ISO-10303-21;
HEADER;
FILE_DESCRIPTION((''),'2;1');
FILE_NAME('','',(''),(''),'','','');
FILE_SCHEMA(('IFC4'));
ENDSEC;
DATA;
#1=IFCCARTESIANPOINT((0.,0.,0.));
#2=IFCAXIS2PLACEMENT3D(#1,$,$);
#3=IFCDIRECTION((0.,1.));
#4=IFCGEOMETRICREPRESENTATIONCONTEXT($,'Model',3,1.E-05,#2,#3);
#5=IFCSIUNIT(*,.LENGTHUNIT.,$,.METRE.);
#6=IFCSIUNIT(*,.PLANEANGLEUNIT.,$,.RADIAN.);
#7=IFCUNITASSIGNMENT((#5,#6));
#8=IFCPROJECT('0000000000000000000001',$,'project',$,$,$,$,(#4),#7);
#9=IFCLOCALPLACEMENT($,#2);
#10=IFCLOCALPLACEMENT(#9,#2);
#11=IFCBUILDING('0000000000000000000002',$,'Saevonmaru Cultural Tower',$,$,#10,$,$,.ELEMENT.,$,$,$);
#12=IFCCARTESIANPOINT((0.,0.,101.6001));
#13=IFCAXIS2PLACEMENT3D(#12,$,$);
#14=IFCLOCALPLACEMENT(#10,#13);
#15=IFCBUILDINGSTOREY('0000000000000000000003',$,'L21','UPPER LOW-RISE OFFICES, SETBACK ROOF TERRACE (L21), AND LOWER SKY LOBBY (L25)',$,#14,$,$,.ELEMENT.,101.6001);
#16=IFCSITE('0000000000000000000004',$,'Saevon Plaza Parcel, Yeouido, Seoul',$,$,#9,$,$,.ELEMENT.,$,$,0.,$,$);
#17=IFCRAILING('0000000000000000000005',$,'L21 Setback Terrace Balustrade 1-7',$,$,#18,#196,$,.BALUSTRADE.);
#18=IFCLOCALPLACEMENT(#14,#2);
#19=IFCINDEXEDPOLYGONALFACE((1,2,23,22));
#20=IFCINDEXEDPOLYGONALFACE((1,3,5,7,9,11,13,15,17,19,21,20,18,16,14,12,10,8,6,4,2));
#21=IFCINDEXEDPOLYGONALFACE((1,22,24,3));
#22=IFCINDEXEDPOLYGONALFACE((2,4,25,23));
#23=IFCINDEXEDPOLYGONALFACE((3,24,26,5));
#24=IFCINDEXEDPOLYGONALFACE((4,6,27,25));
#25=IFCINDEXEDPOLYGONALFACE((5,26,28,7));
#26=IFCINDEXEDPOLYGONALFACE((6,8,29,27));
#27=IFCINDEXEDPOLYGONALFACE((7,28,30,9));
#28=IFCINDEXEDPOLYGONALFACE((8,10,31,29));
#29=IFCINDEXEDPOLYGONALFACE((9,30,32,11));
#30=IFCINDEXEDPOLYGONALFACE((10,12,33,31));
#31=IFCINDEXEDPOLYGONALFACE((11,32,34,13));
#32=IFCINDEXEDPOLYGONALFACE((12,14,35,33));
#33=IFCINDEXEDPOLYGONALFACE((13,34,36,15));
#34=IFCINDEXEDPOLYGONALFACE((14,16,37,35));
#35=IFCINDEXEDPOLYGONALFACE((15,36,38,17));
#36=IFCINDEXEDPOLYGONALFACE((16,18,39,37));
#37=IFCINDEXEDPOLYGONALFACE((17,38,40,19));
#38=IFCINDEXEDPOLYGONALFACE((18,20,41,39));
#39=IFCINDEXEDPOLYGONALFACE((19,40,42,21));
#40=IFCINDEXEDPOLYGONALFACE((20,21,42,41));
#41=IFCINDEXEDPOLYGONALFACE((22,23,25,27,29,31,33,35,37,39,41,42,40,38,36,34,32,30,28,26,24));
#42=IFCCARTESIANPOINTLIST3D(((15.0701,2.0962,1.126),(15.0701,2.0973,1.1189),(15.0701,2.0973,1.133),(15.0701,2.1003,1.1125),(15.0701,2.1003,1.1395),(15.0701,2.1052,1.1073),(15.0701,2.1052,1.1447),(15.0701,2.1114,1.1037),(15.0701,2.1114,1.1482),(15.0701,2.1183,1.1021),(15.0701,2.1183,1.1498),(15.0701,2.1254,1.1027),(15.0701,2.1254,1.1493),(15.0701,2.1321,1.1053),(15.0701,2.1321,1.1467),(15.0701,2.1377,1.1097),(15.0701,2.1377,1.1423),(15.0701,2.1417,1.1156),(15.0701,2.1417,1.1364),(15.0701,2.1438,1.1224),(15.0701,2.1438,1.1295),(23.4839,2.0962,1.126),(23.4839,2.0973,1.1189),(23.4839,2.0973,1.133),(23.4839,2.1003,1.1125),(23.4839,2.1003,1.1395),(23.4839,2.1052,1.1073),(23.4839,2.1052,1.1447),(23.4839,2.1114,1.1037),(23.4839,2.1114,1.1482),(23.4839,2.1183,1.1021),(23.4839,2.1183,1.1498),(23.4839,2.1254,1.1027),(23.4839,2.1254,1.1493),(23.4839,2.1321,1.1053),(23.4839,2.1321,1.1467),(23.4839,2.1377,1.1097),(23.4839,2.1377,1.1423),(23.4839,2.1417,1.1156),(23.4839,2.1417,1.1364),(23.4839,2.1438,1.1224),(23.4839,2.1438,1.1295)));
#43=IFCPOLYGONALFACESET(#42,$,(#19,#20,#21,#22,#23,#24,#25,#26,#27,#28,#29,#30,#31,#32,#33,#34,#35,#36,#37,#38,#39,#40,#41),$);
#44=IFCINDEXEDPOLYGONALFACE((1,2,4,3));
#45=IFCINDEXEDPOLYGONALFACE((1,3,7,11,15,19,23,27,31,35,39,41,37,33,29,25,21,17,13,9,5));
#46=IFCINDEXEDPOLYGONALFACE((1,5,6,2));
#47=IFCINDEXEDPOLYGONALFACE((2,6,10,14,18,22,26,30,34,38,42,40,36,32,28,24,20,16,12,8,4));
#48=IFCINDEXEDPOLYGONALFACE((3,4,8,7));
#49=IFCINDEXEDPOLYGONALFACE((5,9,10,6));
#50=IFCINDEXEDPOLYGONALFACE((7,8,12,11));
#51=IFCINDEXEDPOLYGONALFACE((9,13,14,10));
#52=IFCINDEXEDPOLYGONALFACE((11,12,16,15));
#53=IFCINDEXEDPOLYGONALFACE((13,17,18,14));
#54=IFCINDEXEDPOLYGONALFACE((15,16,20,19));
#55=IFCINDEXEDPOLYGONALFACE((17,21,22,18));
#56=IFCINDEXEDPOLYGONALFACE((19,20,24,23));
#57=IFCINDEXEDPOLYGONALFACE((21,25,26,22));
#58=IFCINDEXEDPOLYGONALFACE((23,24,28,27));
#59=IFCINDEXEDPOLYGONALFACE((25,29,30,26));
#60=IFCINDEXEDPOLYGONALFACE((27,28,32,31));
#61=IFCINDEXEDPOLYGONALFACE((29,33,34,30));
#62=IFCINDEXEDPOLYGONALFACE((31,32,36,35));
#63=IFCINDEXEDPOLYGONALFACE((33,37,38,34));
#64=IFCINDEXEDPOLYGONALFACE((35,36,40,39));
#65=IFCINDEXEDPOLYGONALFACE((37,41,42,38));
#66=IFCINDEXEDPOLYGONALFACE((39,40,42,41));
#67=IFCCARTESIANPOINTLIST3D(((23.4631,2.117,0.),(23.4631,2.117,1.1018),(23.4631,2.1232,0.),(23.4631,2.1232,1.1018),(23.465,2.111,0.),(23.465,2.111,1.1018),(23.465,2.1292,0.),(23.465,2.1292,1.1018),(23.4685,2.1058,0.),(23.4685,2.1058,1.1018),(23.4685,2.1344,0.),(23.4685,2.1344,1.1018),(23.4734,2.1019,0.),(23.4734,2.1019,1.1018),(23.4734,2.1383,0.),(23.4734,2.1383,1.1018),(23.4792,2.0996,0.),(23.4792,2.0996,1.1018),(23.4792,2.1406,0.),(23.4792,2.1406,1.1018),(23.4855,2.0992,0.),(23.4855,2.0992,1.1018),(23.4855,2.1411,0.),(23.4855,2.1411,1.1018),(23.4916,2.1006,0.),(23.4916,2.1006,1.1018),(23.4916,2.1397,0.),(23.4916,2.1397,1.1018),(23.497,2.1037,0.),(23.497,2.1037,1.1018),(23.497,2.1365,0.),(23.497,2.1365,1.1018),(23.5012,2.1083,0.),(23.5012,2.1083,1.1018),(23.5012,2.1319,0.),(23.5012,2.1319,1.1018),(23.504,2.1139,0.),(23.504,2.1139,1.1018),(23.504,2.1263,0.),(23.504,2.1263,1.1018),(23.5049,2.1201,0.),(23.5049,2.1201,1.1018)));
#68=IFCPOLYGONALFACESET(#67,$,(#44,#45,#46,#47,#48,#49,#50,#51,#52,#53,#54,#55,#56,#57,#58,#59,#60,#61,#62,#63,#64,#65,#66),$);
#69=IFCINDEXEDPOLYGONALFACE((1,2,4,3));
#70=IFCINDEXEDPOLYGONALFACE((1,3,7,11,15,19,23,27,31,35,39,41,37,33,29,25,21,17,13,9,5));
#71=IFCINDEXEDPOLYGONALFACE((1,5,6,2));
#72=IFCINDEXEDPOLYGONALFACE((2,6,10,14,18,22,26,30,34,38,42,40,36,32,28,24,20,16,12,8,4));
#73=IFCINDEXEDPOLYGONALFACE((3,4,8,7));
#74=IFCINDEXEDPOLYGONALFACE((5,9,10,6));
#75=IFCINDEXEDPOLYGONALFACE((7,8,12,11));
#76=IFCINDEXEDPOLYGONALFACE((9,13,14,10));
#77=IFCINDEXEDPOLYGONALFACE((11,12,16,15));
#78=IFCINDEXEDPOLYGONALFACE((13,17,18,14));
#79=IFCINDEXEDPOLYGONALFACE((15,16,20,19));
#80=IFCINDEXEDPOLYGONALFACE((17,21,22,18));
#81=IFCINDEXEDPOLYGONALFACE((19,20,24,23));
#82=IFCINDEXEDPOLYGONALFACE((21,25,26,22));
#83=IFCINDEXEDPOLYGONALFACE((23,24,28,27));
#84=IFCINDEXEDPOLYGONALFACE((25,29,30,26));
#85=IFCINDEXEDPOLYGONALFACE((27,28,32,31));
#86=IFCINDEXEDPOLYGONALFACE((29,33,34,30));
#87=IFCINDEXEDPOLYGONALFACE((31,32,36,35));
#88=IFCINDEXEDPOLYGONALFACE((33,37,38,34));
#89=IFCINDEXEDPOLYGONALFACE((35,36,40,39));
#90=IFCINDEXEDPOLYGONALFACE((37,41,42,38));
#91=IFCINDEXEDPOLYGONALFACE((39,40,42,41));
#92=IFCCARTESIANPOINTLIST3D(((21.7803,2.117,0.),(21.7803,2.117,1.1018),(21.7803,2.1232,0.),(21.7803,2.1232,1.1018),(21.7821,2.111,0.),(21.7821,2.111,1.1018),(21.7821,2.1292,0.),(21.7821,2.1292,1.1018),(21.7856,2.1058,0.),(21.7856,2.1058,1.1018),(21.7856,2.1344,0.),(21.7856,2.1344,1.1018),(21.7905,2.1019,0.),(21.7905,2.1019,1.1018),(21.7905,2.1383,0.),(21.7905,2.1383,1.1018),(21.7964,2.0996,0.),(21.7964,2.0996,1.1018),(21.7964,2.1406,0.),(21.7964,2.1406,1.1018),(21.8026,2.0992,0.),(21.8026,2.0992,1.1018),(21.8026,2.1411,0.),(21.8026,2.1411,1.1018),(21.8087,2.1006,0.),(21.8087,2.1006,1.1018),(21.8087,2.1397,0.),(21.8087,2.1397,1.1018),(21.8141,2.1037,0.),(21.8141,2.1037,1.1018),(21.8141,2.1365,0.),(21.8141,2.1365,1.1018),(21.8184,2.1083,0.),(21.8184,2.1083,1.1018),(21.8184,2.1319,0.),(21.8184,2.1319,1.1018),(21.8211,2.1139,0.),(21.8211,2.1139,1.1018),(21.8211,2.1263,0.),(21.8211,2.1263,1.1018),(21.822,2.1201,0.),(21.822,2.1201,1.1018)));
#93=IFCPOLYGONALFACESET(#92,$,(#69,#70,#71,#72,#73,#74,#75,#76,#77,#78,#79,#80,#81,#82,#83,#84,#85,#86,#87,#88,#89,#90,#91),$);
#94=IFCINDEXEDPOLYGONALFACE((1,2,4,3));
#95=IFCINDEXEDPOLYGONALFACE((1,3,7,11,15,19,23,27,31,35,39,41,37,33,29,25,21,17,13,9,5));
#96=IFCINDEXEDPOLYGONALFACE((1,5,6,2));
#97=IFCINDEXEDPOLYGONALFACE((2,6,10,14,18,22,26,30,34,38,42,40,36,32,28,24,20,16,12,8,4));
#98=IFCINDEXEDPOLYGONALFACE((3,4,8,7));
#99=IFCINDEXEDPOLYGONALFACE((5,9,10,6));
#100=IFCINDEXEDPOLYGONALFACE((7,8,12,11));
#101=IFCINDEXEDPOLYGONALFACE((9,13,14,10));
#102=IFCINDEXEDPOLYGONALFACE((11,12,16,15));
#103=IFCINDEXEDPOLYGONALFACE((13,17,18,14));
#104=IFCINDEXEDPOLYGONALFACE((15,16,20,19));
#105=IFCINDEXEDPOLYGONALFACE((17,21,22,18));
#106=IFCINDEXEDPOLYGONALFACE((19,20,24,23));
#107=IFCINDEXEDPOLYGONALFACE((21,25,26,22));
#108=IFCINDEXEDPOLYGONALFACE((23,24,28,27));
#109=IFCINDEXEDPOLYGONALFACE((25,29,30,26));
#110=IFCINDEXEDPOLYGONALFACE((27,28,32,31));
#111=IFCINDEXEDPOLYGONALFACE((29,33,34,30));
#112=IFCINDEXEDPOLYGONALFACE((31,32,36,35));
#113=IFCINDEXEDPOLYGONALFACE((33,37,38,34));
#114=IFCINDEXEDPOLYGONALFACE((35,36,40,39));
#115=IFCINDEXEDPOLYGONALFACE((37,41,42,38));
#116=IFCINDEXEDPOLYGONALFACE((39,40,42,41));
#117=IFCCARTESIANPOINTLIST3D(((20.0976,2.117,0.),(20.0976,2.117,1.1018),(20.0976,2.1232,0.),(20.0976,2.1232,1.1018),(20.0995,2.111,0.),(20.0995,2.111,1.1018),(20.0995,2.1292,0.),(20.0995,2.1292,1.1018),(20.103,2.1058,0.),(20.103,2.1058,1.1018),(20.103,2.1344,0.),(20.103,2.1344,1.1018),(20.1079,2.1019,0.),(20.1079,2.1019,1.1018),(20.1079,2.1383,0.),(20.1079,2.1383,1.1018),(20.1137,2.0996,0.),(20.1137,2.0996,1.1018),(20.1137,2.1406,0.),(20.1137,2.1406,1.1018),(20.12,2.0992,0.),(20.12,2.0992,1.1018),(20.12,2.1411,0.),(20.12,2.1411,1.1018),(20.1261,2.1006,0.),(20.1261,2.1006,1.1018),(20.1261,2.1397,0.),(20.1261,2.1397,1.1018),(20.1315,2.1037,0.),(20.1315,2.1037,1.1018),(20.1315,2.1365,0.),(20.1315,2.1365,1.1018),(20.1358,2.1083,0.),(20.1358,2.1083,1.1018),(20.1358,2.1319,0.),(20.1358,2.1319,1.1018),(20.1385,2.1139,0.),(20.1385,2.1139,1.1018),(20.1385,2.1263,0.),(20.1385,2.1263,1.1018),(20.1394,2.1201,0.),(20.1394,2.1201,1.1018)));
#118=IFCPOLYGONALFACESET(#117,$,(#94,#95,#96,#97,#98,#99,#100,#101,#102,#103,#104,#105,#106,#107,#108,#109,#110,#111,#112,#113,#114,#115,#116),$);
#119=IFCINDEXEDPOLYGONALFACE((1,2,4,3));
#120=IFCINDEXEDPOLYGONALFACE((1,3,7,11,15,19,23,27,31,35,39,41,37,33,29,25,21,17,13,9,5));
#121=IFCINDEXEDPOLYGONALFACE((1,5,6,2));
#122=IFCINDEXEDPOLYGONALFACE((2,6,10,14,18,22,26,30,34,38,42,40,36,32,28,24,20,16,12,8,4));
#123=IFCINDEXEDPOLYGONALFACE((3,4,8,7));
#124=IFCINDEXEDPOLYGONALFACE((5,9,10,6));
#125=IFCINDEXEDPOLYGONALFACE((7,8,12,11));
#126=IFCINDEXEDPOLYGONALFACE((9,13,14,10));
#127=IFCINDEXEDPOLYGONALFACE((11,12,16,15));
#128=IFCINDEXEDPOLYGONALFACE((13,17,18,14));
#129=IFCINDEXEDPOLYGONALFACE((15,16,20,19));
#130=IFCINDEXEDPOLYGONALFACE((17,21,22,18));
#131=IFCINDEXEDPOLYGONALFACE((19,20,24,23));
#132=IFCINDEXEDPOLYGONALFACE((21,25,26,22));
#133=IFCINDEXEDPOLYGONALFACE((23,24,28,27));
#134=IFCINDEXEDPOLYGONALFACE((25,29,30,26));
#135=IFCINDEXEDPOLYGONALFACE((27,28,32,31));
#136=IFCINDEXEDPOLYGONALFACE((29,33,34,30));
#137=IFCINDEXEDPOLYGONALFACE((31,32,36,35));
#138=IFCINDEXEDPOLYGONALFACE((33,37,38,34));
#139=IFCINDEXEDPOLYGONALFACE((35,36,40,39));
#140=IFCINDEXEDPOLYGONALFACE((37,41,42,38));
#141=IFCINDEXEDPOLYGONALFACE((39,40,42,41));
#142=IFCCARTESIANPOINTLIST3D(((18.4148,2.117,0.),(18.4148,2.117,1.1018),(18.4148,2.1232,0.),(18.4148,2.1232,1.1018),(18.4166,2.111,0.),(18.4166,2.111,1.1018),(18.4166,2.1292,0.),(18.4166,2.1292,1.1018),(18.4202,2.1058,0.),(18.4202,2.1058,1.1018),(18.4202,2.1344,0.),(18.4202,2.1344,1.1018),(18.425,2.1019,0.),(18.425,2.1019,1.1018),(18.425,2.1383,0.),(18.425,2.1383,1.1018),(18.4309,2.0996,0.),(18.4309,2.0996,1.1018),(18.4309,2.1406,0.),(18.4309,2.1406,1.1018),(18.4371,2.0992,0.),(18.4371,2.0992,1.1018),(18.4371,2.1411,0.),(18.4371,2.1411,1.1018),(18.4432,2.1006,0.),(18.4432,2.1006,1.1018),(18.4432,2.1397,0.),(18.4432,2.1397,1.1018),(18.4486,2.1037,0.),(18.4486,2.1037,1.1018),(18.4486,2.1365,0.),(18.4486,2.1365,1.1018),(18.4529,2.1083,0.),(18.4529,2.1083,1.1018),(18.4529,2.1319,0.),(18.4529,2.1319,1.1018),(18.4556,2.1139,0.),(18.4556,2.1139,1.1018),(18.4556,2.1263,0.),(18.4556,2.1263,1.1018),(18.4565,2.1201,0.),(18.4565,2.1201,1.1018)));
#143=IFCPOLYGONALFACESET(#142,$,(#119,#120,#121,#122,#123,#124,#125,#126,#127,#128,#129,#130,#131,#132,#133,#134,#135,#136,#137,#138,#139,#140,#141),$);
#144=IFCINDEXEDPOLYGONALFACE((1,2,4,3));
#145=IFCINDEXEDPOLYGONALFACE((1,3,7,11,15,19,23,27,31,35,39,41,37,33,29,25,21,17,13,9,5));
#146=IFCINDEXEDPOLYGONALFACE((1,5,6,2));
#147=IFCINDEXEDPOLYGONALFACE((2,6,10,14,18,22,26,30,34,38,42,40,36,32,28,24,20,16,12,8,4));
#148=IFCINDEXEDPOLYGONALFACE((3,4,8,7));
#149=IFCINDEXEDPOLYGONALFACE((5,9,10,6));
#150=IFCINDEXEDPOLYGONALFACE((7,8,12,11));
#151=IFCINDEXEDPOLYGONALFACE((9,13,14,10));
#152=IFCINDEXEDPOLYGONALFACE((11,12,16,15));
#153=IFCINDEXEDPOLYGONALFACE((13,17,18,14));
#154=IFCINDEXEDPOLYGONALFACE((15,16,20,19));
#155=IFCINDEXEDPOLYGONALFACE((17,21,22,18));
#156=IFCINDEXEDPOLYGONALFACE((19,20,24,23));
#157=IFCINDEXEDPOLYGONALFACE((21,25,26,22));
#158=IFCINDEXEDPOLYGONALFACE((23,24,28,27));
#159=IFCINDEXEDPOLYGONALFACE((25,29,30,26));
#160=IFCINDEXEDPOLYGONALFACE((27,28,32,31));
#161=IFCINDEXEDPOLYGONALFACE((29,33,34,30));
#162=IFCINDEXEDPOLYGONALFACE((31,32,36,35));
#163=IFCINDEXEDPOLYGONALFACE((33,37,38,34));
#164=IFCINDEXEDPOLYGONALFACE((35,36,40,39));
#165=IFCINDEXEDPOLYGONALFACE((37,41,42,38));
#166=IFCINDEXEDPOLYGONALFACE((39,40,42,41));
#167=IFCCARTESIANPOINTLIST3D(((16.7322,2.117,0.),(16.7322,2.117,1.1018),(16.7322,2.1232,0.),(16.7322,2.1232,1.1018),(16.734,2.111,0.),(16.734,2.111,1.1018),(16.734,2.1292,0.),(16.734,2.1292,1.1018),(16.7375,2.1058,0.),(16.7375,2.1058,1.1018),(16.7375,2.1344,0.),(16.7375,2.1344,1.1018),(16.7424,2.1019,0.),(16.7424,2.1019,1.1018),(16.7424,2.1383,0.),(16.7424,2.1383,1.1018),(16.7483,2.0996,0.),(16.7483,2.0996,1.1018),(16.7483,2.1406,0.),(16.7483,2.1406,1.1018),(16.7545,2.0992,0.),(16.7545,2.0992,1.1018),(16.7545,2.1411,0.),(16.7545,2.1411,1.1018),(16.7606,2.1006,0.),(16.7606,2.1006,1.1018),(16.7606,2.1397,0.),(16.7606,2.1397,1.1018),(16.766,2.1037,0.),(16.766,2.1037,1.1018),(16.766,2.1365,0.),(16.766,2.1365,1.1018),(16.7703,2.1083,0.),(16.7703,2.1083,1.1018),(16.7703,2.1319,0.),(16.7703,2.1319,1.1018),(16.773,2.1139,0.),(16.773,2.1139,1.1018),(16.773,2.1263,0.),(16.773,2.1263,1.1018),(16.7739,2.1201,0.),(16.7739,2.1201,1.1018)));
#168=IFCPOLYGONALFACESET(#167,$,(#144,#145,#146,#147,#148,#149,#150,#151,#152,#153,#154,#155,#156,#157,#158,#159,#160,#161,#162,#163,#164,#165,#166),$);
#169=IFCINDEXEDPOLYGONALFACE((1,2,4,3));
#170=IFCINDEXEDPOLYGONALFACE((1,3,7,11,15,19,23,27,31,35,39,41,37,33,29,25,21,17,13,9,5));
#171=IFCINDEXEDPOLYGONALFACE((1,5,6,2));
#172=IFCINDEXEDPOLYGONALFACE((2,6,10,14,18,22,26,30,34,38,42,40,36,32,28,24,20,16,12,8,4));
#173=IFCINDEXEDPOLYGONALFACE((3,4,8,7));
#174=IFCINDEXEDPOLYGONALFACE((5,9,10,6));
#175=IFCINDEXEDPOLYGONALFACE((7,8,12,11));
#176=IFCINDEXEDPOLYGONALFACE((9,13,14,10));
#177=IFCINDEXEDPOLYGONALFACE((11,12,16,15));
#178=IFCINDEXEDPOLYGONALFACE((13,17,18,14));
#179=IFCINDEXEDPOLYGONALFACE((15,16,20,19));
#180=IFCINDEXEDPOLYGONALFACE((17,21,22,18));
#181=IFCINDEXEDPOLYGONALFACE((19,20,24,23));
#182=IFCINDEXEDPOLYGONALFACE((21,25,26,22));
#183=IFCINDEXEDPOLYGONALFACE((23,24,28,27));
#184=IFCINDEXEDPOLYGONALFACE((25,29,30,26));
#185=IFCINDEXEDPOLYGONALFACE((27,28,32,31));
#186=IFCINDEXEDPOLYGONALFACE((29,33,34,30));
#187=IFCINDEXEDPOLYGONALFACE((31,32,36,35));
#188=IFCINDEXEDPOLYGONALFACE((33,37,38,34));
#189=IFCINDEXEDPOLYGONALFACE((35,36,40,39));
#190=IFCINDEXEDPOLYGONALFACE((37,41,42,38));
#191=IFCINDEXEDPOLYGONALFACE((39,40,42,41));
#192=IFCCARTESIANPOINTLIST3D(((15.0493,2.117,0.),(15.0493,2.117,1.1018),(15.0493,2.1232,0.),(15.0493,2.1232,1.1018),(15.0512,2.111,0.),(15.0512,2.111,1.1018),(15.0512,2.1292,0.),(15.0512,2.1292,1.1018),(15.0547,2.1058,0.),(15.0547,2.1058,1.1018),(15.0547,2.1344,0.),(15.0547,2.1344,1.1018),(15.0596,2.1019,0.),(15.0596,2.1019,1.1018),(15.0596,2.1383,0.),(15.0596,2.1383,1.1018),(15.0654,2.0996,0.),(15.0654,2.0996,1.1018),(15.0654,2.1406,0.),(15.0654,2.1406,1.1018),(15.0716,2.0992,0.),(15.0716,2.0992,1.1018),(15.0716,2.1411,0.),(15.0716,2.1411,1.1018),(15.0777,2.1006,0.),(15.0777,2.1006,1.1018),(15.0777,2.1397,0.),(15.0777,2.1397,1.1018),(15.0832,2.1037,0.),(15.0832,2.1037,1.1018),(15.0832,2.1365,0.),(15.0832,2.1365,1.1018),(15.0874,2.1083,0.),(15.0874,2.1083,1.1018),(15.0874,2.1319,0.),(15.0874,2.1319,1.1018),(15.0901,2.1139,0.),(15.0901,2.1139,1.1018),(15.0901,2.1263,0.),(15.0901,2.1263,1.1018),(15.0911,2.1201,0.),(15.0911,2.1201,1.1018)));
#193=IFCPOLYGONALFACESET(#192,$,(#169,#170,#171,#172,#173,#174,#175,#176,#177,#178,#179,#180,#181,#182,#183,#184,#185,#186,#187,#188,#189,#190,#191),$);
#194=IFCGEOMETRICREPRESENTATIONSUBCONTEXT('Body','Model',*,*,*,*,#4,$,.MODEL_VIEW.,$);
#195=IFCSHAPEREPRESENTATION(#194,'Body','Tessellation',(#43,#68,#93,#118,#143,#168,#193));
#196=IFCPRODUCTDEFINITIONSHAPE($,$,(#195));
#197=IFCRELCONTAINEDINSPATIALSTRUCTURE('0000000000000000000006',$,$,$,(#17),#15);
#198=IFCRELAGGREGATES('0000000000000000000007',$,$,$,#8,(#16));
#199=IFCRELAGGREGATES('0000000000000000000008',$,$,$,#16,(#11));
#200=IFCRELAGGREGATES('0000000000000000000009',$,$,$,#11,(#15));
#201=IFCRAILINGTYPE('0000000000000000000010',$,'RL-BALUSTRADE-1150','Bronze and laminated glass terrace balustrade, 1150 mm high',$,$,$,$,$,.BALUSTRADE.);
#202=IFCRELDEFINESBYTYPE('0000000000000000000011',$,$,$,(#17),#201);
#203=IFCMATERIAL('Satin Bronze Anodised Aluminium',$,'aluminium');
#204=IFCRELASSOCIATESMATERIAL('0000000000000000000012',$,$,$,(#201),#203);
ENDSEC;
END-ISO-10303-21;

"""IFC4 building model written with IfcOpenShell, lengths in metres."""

from ifc_helpers import new_model, si_unit, direction, frame, origin, origin_2d, place, context, subcontext, project, spatial, circle, extrude, material, type_object, element, save


model = new_model("IFC4")

# Units and contexts
model_context = context("Model", 3, precision=1e-05, world=origin(), true_north=direction((0.0, 1.0)))
body_context = subcontext(model_context, "Body", "Model", "MODEL_VIEW")
ifc_project = project(units=[si_unit("LENGTHUNIT", "METRE"), si_unit("PLANEANGLEUNIT", "RADIAN")], contexts=[model_context])

# Site, building, storey
site_placement = place(None, origin())
site = spatial("IfcSite", under=ifc_project, at=site_placement, Name="Saevon Plaza Parcel, Yeouido, Seoul", CompositionType="ELEMENT", RefElevation=0.0)
building_placement = place(site_placement, origin())
building = spatial("IfcBuilding", under=site, at=building_placement, Name="Saevonmaru Cultural Tower", CompositionType="ELEMENT")
storey_placement = place(building_placement, frame((0.0, 0.0, 101.6001)))
storey = spatial("IfcBuildingStorey", under=building, at=storey_placement, Name="L21", Description="UPPER LOW-RISE OFFICES, SETBACK ROOF TERRACE (L21), AND LOWER SKY LOBBY (L25)", CompositionType="ELEMENT", Elevation=101.6001)

# Shared definitions
ifc_material_1 = material(Name="Satin Bronze Anodised Aluminium", Category="aluminium")

# Railing
railing_type = type_object("IfcRailingType", Name="RL-BALUSTRADE-1150", Description="Bronze and laminated glass terrace balustrade, 1150 mm high", PredefinedType="BALUSTRADE", material=ifc_material_1)
railing_1_placement = place(storey_placement, frame((23.4839, 2.1201, 0.0)))
element("IfcRailing", 1, at=railing_1_placement, inside=storey, type_object=railing_type, Name="L21 Setback Terrace Balustrade 1-7", PredefinedType="BALUSTRADE", context=body_context, shape_type="SweptSolid", body=[
    extrude(circle(Radius=0.0239, at=origin_2d()), frame((0.0, 0.0, 1.126), z_axis=(-1.0, 0.0, 0.0), x_axis=(0.0, -1.0, 0.0)), (0.0, 0.0, 1.0), 8.4138),
    extrude(circle(Radius=0.021, at=origin_2d()), origin(), (0.0, 0.0, 1.0), 1.1018),
    extrude(circle(Radius=0.021, at=origin_2d()), frame((-1.6829, 0.0, 0.0)), (0.0, 0.0, 1.0), 1.1018),
    extrude(circle(Radius=0.021, at=origin_2d()), frame((-3.3655, 0.0, 0.0)), (0.0, 0.0, 1.0), 1.1018),
    extrude(circle(Radius=0.021, at=origin_2d()), frame((-5.0483, 0.0, 0.0)), (0.0, 0.0, 1.0), 1.1018),
    extrude(circle(Radius=0.021, at=origin_2d()), frame((-6.731, 0.0, 0.0)), (0.0, 0.0, 1.0), 1.1018),
    extrude(circle(Radius=0.021, at=origin_2d()), frame((-8.4138, 0.0, 0.0)), (0.0, 0.0, 1.0), 1.1018),
])

save(model, "model.ifc")
